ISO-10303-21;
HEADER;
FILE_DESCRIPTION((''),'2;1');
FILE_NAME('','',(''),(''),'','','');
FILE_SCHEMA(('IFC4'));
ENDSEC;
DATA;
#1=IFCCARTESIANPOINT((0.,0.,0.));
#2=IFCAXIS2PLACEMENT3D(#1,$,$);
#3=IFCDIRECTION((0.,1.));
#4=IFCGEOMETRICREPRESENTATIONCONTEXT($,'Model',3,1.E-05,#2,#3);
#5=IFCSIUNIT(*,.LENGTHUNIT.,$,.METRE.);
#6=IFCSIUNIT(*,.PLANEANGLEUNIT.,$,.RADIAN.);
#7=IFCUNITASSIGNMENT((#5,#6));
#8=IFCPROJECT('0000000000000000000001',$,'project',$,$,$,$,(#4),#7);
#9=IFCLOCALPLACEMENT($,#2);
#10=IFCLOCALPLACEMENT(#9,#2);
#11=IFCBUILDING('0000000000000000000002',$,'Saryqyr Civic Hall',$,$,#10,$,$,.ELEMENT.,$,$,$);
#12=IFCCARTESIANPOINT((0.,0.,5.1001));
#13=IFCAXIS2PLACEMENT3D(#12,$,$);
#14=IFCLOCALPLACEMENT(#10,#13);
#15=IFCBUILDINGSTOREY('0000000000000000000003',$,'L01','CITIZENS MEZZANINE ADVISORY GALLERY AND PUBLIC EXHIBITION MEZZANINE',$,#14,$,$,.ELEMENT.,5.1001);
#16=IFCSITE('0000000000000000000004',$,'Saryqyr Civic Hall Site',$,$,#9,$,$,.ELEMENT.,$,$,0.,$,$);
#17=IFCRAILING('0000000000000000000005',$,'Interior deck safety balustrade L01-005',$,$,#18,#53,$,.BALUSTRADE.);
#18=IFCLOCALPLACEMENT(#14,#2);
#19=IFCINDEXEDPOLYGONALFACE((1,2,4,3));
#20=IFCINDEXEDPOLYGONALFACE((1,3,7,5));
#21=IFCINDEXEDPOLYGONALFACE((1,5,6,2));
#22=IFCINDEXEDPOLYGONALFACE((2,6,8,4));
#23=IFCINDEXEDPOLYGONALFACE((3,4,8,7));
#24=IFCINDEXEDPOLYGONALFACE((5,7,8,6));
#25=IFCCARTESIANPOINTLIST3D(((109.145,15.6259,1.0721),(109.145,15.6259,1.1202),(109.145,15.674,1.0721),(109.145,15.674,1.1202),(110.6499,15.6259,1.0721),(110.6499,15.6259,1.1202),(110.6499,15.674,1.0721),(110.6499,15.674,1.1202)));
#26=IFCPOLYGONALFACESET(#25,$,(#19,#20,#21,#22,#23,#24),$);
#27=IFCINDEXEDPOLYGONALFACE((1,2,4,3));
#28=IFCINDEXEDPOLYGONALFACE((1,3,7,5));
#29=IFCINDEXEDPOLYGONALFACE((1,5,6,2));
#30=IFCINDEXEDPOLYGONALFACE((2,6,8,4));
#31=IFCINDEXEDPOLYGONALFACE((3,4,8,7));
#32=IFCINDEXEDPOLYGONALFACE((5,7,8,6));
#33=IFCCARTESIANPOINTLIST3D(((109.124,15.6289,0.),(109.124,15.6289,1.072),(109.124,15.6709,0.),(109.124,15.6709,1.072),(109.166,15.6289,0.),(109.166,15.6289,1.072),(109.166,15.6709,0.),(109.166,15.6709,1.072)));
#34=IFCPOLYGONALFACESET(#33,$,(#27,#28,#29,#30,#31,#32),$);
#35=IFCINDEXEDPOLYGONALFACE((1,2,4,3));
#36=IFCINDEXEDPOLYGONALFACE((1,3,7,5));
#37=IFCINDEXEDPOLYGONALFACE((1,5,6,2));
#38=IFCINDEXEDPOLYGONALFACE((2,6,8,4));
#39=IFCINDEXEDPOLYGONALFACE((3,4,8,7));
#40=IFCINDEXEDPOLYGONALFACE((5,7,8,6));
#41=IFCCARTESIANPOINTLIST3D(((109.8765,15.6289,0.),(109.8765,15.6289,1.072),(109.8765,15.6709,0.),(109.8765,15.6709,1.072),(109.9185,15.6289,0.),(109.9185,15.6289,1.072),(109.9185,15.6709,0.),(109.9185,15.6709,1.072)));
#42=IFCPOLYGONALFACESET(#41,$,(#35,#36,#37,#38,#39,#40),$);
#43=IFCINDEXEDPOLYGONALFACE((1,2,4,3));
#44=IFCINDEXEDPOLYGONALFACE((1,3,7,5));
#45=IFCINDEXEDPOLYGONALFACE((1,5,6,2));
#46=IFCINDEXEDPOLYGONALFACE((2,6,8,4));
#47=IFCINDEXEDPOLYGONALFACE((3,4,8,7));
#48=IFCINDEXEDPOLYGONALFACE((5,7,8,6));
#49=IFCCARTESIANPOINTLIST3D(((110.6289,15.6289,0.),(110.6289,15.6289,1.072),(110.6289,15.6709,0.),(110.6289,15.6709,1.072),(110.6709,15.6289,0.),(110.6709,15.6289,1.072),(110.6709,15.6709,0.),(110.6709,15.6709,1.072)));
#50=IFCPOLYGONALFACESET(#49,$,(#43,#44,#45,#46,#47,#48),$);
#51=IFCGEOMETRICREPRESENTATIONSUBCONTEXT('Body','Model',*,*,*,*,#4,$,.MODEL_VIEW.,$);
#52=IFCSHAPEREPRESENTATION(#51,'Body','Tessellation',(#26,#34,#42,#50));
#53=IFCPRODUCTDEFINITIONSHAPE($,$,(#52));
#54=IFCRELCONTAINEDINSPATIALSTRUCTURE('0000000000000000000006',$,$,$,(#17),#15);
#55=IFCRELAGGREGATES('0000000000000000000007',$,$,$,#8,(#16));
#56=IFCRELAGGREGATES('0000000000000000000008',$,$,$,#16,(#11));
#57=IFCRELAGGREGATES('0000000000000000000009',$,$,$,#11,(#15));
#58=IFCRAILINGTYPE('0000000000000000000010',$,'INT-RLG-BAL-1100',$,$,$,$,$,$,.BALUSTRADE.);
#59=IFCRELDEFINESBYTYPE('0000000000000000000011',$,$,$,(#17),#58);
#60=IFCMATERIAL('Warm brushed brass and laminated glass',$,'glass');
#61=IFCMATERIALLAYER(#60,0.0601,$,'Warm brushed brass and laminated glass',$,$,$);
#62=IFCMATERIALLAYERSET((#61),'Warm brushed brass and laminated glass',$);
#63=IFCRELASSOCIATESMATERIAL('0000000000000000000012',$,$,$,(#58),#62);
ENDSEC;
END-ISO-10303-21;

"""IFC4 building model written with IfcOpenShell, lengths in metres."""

from ifc_helpers import new_model, si_unit, direction, frame, origin, origin_2d, place, context, subcontext, project, spatial, rectangle, extrude, material, layer, layer_set, type_object, element, save


model = new_model("IFC4")

# Units and contexts
model_context = context("Model", 3, precision=1e-05, world=origin(), true_north=direction((0.0, 1.0)))
body_context = subcontext(model_context, "Body", "Model", "MODEL_VIEW")
ifc_project = project(units=[si_unit("LENGTHUNIT", "METRE"), si_unit("PLANEANGLEUNIT", "RADIAN")], contexts=[model_context])

# Site, building, storey
site_placement = place(None, origin())
site = spatial("IfcSite", under=ifc_project, at=site_placement, Name="Saryqyr Civic Hall Site", CompositionType="ELEMENT", RefElevation=0.0)
building_placement = place(site_placement, origin())
building = spatial("IfcBuilding", under=site, at=building_placement, Name="Saryqyr Civic Hall", CompositionType="ELEMENT")
storey_placement = place(building_placement, frame((0.0, 0.0, 5.1001)))
storey = spatial("IfcBuildingStorey", under=building, at=storey_placement, Name="L01", Description="CITIZENS MEZZANINE ADVISORY GALLERY AND PUBLIC EXHIBITION MEZZANINE", CompositionType="ELEMENT", Elevation=5.1001)

# Railing
ifc_material_1 = material(Name="Warm brushed brass and laminated glass", Category="glass")
ifc_layer_1 = layer(ifc_material_1, 0.0601, Name="Warm brushed brass and laminated glass")
ifc_layer_set_1 = layer_set([ifc_layer_1], Name="Warm brushed brass and laminated glass")
railing_type = type_object("IfcRailingType", Name="INT-RLG-BAL-1100", PredefinedType="BALUSTRADE", material=ifc_layer_set_1)
railing_1_placement = place(storey_placement, frame((109.145, 15.6499, 0.0)))
element("IfcRailing", 1, at=railing_1_placement, inside=storey, type_object=railing_type, Name="Interior deck safety balustrade L01-005", PredefinedType="BALUSTRADE", context=body_context, shape_type="SweptSolid", body=[
    extrude(rectangle(XDim=0.0481, YDim=0.0481, at=origin_2d()), frame((0.0, 0.0, 1.0962), z_axis=(1.0, 0.0, 0.0), x_axis=(0.0, 1.0, 0.0)), (0.0, 0.0, 1.0), 1.5049),
    extrude(rectangle(XDim=0.042, YDim=0.042, at=origin_2d()), origin(), (0.0, 0.0, 1.0), 1.072),
    extrude(rectangle(XDim=0.042, YDim=0.042, at=origin_2d()), frame((0.7524, 0.0, 0.0)), (0.0, 0.0, 1.0), 1.072),
    extrude(rectangle(XDim=0.042, YDim=0.042, at=origin_2d()), frame((1.5049, 0.0, 0.0)), (0.0, 0.0, 1.0), 1.072),
])

save(model, "model.ifc")
